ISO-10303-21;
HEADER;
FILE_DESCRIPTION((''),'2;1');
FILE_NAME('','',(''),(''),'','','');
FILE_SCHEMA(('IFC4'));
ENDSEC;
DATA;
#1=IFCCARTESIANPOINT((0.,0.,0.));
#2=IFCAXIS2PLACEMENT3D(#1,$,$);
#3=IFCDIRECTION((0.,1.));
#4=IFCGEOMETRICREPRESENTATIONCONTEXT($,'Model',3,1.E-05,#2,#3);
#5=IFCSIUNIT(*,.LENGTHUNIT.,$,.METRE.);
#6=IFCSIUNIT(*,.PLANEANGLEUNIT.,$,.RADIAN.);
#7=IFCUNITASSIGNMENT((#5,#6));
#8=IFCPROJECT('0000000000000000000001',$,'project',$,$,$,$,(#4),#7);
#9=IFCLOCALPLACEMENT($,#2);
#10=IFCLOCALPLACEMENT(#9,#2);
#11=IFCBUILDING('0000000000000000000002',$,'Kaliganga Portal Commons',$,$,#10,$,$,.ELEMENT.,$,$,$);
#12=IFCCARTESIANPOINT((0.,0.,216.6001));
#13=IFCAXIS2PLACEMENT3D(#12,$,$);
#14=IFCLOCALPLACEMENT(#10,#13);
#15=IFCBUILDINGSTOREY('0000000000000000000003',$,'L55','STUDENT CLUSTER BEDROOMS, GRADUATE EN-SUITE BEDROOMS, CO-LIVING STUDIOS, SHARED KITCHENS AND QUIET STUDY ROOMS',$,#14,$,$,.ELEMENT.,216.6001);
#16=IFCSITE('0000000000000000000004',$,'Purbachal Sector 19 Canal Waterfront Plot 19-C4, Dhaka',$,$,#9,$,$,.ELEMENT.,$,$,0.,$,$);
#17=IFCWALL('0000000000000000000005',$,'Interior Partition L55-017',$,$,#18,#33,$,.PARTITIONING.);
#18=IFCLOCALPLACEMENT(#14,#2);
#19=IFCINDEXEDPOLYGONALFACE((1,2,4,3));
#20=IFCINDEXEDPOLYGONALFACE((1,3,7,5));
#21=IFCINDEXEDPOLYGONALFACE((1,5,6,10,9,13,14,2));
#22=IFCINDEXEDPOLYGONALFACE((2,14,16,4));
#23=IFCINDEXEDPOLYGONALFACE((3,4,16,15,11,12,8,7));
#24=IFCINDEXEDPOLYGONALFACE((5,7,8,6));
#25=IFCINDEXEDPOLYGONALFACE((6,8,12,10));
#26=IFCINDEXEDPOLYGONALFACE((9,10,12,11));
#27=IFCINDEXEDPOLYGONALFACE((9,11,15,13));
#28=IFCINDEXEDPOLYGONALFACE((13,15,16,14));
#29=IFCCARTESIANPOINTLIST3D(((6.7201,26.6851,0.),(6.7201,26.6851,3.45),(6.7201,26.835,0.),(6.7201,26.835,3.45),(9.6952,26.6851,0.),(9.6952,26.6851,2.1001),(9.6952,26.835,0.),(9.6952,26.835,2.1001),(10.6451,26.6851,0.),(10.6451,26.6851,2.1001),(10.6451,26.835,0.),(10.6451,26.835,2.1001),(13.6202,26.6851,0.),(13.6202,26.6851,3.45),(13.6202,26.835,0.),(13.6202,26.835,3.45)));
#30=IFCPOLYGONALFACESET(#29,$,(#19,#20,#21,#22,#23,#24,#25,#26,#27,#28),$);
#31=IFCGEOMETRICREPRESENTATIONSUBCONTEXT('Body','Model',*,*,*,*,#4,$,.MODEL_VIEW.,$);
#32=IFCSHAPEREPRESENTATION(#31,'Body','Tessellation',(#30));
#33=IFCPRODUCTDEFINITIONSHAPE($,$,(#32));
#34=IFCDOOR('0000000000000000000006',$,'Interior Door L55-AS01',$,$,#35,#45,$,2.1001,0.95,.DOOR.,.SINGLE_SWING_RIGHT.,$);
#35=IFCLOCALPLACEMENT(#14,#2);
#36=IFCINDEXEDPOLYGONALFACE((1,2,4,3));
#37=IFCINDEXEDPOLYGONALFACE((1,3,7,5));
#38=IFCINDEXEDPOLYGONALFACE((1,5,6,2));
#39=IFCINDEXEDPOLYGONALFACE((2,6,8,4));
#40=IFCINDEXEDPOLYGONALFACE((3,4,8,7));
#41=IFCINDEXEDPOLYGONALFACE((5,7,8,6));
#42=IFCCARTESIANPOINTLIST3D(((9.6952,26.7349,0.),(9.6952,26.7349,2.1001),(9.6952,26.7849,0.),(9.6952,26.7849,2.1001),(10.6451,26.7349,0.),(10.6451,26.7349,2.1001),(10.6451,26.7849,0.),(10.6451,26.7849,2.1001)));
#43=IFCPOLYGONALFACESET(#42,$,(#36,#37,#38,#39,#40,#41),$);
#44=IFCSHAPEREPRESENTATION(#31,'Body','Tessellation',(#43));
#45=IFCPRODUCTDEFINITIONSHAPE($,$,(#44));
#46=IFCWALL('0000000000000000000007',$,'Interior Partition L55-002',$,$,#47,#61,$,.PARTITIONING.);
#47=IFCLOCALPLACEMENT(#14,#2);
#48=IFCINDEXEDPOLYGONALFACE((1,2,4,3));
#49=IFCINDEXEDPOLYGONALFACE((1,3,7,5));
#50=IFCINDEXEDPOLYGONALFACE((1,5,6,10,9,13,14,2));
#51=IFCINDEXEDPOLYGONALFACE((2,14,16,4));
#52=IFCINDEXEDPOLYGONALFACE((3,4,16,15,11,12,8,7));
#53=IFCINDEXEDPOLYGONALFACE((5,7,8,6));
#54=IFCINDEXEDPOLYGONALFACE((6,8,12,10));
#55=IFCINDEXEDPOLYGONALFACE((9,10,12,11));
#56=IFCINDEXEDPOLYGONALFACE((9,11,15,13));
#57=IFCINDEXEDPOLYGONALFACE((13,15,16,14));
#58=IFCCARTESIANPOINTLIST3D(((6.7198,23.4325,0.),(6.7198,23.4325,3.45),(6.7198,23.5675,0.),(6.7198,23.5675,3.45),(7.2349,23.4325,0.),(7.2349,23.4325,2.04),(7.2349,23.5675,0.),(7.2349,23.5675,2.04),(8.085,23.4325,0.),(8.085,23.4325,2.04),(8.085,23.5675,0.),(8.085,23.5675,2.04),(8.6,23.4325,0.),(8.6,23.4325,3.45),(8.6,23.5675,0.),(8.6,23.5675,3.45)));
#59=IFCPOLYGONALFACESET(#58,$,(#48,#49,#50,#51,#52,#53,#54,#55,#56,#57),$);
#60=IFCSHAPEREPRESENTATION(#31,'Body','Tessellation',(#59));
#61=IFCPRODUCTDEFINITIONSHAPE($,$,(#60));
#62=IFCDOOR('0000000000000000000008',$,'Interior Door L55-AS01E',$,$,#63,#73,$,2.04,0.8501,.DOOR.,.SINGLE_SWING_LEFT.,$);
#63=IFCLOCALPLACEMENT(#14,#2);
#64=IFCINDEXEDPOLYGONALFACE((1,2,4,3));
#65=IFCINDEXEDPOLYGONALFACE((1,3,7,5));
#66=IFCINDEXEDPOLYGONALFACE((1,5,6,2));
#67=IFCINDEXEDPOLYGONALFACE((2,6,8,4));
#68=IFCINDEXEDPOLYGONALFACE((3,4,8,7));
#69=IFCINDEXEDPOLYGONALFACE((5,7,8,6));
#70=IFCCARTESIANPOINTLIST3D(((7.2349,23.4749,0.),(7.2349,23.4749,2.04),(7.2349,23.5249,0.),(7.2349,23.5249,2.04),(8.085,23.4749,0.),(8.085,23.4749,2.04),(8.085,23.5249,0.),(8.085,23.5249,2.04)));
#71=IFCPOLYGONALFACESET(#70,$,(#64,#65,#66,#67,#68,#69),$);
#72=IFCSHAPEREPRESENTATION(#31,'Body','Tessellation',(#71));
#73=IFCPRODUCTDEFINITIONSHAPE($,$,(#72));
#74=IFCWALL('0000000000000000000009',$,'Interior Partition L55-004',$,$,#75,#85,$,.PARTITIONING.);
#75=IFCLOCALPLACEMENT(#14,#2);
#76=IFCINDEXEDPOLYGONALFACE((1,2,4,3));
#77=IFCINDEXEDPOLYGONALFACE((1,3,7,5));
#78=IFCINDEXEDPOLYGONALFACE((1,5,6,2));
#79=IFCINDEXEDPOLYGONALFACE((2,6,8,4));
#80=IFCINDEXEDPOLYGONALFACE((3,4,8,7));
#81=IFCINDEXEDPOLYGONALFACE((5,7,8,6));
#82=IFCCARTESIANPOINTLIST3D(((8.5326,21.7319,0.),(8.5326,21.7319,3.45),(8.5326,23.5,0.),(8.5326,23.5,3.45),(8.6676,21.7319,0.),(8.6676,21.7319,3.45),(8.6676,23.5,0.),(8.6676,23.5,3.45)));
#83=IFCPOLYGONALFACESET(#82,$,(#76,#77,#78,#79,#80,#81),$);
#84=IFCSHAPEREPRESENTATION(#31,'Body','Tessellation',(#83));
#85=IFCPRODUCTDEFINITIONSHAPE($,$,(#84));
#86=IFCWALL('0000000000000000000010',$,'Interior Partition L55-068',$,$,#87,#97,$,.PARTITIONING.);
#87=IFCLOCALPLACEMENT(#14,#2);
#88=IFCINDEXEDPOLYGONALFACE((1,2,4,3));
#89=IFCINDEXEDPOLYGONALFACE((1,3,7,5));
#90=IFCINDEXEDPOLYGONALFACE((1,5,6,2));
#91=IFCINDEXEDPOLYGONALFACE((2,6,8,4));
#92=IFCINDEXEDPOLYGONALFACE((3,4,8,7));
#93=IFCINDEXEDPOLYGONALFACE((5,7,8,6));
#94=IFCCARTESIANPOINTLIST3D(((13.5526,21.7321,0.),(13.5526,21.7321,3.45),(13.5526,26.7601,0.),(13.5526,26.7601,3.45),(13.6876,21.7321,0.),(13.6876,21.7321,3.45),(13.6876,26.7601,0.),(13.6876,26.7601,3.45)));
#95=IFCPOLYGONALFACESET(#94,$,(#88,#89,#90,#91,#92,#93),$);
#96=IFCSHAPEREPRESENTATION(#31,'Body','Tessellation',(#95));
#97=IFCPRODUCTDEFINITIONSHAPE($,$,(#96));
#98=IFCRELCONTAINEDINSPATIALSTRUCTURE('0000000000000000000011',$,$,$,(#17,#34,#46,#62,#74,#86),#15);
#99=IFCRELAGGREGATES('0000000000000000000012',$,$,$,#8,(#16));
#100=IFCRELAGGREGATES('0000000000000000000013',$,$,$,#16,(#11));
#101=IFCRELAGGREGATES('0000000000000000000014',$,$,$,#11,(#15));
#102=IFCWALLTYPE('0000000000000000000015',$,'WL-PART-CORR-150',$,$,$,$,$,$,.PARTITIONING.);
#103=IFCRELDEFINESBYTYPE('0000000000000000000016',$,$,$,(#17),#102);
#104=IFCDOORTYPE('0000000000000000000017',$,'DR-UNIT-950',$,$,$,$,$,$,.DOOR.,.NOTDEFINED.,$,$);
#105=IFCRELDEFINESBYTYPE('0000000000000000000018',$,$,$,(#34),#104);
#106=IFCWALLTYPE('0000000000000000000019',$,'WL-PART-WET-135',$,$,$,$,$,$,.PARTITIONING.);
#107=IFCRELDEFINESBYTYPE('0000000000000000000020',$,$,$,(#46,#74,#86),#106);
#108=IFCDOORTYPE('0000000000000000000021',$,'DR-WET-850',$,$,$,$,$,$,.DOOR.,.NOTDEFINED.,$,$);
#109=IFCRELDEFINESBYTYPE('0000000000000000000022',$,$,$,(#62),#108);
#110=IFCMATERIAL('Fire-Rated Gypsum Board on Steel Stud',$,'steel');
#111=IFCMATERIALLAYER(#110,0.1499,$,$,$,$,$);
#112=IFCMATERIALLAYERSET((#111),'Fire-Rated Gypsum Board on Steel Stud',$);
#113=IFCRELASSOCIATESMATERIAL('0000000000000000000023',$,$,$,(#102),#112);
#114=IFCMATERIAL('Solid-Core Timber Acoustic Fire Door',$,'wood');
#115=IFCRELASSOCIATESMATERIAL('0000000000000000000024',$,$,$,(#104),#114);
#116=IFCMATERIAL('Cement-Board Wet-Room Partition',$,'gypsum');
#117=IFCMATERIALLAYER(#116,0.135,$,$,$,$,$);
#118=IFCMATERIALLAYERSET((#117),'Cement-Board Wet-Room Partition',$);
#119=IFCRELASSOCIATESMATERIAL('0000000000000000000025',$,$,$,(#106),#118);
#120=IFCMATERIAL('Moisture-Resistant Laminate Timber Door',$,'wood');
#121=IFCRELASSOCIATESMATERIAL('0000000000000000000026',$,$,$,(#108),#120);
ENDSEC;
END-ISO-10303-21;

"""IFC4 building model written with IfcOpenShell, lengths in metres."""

from ifc_helpers import new_model, si_unit, direction, frame, frame_2d, origin, place, context, subcontext, project, spatial, rectangle, extrude, material, layer, layer_set, type_object, element, fill, save


model = new_model("IFC4")

# Units and contexts
model_context = context("Model", 3, precision=1e-05, world=origin(), true_north=direction((0.0, 1.0)))
body_context = subcontext(model_context, "Body", "Model", "MODEL_VIEW")
ifc_project = project(units=[si_unit("LENGTHUNIT", "METRE"), si_unit("PLANEANGLEUNIT", "RADIAN")], contexts=[model_context])

# Site, building, storey
site_placement = place(None, origin())
site = spatial("IfcSite", under=ifc_project, at=site_placement, Name="Purbachal Sector 19 Canal Waterfront Plot 19-C4, Dhaka", CompositionType="ELEMENT", RefElevation=0.0)
building_placement = place(site_placement, origin())
building = spatial("IfcBuilding", under=site, at=building_placement, Name="Kaliganga Portal Commons", CompositionType="ELEMENT")
storey_placement = place(building_placement, frame((0.0, 0.0, 216.6001)))
storey = spatial("IfcBuildingStorey", under=building, at=storey_placement, Name="L55", Description="STUDENT CLUSTER BEDROOMS, GRADUATE EN-SUITE BEDROOMS, CO-LIVING STUDIOS, SHARED KITCHENS AND QUIET STUDY ROOMS", CompositionType="ELEMENT", Elevation=216.6001)

# Walls, openings, doors
ifc_material_1 = material(Name="Fire-Rated Gypsum Board on Steel Stud", Category="steel")
ifc_layer_1 = layer(ifc_material_1, 0.1499)
ifc_layer_set_1 = layer_set([ifc_layer_1], Name="Fire-Rated Gypsum Board on Steel Stud")
wall_type_1 = type_object("IfcWallType", Name="WL-PART-CORR-150", PredefinedType="PARTITIONING", material=ifc_layer_set_1)
wall_1_placement = place(storey_placement, frame((6.72, 26.76, 0.0), z_axis=(0.0, 0.0, 1.0), x_axis=(1.0, 0.0, 0.0)))
wall_1 = element("IfcWall", 1, at=wall_1_placement, inside=storey, type_object=wall_type_1, Name="Interior Partition L55-017", PredefinedType="PARTITIONING", context=body_context, shape_type="SweptSolid", body=[
    extrude(rectangle(XDim=6.9001, YDim=0.1499, at=frame_2d((3.4502, 0.0))), origin(), (0.0, 0.0, 1.0), 3.45),
])
opening_1_placement = place(wall_1_placement, frame((2.9751, 0.0, 0.0)))
opening_1 = element("IfcOpeningElement", 2, at=opening_1_placement, cuts=wall_1, PredefinedType="OPENING", context=body_context, shape_type="SweptSolid", body=[
    extrude(rectangle(XDim=0.95, YDim=2.1001, at=frame_2d((0.4751, 1.05))), frame((0.0, 0.085, 0.0), z_axis=(0.0, -1.0, 0.0), x_axis=(1.0, 0.0, 0.0)), (0.0, 0.0, 1.0), 0.1699),
])
ifc_material_2 = material(Name="Solid-Core Timber Acoustic Fire Door", Category="wood")
door_type_1 = type_object("IfcDoorType", Name="DR-UNIT-950", OperationType="NOTDEFINED", PredefinedType="DOOR", material=ifc_material_2)
door_1_placement = place(opening_1_placement, origin())
door_1 = element("IfcDoor", 3, at=door_1_placement, inside=storey, type_object=door_type_1, Name="Interior Door L55-AS01", OperationType="SINGLE_SWING_RIGHT", OverallHeight=2.1001, OverallWidth=0.95, PredefinedType="DOOR", context=body_context, shape_type="SweptSolid", body=[
    extrude(rectangle(XDim=0.95, YDim=2.1001, at=frame_2d((0.4751, 1.05))), frame((0.0, 0.0249, 0.0), z_axis=(0.0, -1.0, 0.0), x_axis=(1.0, 0.0, 0.0)), (0.0, 0.0, 1.0), 0.05),
])
fill(opening_1, door_1)
ifc_material_3 = material(Name="Cement-Board Wet-Room Partition", Category="gypsum")
ifc_layer_2 = layer(ifc_material_3, 0.135)
ifc_layer_set_2 = layer_set([ifc_layer_2], Name="Cement-Board Wet-Room Partition")
wall_type_2 = type_object("IfcWallType", Name="WL-PART-WET-135", PredefinedType="PARTITIONING", material=ifc_layer_set_2)
wall_2_placement = place(storey_placement, frame((6.72, 23.5, 0.0), z_axis=(0.0, 0.0, 1.0), x_axis=(1.0, 0.0, 0.0)))
wall_2 = element("IfcWall", 4, at=wall_2_placement, inside=storey, type_object=wall_type_2, Name="Interior Partition L55-002", PredefinedType="PARTITIONING", context=body_context, shape_type="SweptSolid", body=[
    extrude(rectangle(XDim=1.8801, YDim=0.135, at=frame_2d((0.9399, 0.0))), origin(), (0.0, 0.0, 1.0), 3.45),
])
opening_2_placement = place(wall_2_placement, frame((0.5149, 0.0, 0.0)))
opening_2 = element("IfcOpeningElement", 5, at=opening_2_placement, cuts=wall_2, PredefinedType="OPENING", context=body_context, shape_type="SweptSolid", body=[
    extrude(rectangle(XDim=0.8501, YDim=2.04, at=frame_2d((0.425, 1.02))), frame((0.0, 0.0776, 0.0), z_axis=(0.0, -1.0, 0.0), x_axis=(1.0, 0.0, 0.0)), (0.0, 0.0, 1.0), 0.155),
])
ifc_material_4 = material(Name="Moisture-Resistant Laminate Timber Door", Category="wood")
door_type_2 = type_object("IfcDoorType", Name="DR-WET-850", OperationType="NOTDEFINED", PredefinedType="DOOR", material=ifc_material_4)
door_2_placement = place(opening_2_placement, origin())
door_2 = element("IfcDoor", 6, at=door_2_placement, inside=storey, type_object=door_type_2, Name="Interior Door L55-AS01E", OperationType="SINGLE_SWING_LEFT", OverallHeight=2.04, OverallWidth=0.8501, PredefinedType="DOOR", context=body_context, shape_type="SweptSolid", body=[
    extrude(rectangle(XDim=0.8501, YDim=2.04, at=frame_2d((0.425, 1.02))), frame((0.0, 0.0249, 0.0), z_axis=(0.0, -1.0, 0.0), x_axis=(1.0, 0.0, 0.0)), (0.0, 0.0, 1.0), 0.05),
])
fill(opening_2, door_2)

# Walls
wall_3_placement = place(storey_placement, frame((8.6001, 21.7319, 0.0), z_axis=(0.0, 0.0, 1.0), x_axis=(0.0, 1.0, 0.0)))
element("IfcWall", 7, at=wall_3_placement, inside=storey, type_object=wall_type_2, Name="Interior Partition L55-004", PredefinedType="PARTITIONING", context=body_context, shape_type="SweptSolid", body=[
    extrude(rectangle(XDim=1.7681, YDim=0.135, at=frame_2d((0.884, 0.0))), origin(), (0.0, 0.0, 1.0), 3.45),
])
wall_4_placement = place(storey_placement, frame((13.6201, 21.7319, 0.0), z_axis=(0.0, 0.0, 1.0), x_axis=(0.0, 1.0, 0.0)))
element("IfcWall", 8, at=wall_4_placement, inside=storey, type_object=wall_type_2, Name="Interior Partition L55-068", PredefinedType="PARTITIONING", context=body_context, shape_type="SweptSolid", body=[
    extrude(rectangle(XDim=5.0281, YDim=0.135, at=frame_2d((2.5142, 0.0))), origin(), (0.0, 0.0, 1.0), 3.45),
])

save(model, "model.ifc")
